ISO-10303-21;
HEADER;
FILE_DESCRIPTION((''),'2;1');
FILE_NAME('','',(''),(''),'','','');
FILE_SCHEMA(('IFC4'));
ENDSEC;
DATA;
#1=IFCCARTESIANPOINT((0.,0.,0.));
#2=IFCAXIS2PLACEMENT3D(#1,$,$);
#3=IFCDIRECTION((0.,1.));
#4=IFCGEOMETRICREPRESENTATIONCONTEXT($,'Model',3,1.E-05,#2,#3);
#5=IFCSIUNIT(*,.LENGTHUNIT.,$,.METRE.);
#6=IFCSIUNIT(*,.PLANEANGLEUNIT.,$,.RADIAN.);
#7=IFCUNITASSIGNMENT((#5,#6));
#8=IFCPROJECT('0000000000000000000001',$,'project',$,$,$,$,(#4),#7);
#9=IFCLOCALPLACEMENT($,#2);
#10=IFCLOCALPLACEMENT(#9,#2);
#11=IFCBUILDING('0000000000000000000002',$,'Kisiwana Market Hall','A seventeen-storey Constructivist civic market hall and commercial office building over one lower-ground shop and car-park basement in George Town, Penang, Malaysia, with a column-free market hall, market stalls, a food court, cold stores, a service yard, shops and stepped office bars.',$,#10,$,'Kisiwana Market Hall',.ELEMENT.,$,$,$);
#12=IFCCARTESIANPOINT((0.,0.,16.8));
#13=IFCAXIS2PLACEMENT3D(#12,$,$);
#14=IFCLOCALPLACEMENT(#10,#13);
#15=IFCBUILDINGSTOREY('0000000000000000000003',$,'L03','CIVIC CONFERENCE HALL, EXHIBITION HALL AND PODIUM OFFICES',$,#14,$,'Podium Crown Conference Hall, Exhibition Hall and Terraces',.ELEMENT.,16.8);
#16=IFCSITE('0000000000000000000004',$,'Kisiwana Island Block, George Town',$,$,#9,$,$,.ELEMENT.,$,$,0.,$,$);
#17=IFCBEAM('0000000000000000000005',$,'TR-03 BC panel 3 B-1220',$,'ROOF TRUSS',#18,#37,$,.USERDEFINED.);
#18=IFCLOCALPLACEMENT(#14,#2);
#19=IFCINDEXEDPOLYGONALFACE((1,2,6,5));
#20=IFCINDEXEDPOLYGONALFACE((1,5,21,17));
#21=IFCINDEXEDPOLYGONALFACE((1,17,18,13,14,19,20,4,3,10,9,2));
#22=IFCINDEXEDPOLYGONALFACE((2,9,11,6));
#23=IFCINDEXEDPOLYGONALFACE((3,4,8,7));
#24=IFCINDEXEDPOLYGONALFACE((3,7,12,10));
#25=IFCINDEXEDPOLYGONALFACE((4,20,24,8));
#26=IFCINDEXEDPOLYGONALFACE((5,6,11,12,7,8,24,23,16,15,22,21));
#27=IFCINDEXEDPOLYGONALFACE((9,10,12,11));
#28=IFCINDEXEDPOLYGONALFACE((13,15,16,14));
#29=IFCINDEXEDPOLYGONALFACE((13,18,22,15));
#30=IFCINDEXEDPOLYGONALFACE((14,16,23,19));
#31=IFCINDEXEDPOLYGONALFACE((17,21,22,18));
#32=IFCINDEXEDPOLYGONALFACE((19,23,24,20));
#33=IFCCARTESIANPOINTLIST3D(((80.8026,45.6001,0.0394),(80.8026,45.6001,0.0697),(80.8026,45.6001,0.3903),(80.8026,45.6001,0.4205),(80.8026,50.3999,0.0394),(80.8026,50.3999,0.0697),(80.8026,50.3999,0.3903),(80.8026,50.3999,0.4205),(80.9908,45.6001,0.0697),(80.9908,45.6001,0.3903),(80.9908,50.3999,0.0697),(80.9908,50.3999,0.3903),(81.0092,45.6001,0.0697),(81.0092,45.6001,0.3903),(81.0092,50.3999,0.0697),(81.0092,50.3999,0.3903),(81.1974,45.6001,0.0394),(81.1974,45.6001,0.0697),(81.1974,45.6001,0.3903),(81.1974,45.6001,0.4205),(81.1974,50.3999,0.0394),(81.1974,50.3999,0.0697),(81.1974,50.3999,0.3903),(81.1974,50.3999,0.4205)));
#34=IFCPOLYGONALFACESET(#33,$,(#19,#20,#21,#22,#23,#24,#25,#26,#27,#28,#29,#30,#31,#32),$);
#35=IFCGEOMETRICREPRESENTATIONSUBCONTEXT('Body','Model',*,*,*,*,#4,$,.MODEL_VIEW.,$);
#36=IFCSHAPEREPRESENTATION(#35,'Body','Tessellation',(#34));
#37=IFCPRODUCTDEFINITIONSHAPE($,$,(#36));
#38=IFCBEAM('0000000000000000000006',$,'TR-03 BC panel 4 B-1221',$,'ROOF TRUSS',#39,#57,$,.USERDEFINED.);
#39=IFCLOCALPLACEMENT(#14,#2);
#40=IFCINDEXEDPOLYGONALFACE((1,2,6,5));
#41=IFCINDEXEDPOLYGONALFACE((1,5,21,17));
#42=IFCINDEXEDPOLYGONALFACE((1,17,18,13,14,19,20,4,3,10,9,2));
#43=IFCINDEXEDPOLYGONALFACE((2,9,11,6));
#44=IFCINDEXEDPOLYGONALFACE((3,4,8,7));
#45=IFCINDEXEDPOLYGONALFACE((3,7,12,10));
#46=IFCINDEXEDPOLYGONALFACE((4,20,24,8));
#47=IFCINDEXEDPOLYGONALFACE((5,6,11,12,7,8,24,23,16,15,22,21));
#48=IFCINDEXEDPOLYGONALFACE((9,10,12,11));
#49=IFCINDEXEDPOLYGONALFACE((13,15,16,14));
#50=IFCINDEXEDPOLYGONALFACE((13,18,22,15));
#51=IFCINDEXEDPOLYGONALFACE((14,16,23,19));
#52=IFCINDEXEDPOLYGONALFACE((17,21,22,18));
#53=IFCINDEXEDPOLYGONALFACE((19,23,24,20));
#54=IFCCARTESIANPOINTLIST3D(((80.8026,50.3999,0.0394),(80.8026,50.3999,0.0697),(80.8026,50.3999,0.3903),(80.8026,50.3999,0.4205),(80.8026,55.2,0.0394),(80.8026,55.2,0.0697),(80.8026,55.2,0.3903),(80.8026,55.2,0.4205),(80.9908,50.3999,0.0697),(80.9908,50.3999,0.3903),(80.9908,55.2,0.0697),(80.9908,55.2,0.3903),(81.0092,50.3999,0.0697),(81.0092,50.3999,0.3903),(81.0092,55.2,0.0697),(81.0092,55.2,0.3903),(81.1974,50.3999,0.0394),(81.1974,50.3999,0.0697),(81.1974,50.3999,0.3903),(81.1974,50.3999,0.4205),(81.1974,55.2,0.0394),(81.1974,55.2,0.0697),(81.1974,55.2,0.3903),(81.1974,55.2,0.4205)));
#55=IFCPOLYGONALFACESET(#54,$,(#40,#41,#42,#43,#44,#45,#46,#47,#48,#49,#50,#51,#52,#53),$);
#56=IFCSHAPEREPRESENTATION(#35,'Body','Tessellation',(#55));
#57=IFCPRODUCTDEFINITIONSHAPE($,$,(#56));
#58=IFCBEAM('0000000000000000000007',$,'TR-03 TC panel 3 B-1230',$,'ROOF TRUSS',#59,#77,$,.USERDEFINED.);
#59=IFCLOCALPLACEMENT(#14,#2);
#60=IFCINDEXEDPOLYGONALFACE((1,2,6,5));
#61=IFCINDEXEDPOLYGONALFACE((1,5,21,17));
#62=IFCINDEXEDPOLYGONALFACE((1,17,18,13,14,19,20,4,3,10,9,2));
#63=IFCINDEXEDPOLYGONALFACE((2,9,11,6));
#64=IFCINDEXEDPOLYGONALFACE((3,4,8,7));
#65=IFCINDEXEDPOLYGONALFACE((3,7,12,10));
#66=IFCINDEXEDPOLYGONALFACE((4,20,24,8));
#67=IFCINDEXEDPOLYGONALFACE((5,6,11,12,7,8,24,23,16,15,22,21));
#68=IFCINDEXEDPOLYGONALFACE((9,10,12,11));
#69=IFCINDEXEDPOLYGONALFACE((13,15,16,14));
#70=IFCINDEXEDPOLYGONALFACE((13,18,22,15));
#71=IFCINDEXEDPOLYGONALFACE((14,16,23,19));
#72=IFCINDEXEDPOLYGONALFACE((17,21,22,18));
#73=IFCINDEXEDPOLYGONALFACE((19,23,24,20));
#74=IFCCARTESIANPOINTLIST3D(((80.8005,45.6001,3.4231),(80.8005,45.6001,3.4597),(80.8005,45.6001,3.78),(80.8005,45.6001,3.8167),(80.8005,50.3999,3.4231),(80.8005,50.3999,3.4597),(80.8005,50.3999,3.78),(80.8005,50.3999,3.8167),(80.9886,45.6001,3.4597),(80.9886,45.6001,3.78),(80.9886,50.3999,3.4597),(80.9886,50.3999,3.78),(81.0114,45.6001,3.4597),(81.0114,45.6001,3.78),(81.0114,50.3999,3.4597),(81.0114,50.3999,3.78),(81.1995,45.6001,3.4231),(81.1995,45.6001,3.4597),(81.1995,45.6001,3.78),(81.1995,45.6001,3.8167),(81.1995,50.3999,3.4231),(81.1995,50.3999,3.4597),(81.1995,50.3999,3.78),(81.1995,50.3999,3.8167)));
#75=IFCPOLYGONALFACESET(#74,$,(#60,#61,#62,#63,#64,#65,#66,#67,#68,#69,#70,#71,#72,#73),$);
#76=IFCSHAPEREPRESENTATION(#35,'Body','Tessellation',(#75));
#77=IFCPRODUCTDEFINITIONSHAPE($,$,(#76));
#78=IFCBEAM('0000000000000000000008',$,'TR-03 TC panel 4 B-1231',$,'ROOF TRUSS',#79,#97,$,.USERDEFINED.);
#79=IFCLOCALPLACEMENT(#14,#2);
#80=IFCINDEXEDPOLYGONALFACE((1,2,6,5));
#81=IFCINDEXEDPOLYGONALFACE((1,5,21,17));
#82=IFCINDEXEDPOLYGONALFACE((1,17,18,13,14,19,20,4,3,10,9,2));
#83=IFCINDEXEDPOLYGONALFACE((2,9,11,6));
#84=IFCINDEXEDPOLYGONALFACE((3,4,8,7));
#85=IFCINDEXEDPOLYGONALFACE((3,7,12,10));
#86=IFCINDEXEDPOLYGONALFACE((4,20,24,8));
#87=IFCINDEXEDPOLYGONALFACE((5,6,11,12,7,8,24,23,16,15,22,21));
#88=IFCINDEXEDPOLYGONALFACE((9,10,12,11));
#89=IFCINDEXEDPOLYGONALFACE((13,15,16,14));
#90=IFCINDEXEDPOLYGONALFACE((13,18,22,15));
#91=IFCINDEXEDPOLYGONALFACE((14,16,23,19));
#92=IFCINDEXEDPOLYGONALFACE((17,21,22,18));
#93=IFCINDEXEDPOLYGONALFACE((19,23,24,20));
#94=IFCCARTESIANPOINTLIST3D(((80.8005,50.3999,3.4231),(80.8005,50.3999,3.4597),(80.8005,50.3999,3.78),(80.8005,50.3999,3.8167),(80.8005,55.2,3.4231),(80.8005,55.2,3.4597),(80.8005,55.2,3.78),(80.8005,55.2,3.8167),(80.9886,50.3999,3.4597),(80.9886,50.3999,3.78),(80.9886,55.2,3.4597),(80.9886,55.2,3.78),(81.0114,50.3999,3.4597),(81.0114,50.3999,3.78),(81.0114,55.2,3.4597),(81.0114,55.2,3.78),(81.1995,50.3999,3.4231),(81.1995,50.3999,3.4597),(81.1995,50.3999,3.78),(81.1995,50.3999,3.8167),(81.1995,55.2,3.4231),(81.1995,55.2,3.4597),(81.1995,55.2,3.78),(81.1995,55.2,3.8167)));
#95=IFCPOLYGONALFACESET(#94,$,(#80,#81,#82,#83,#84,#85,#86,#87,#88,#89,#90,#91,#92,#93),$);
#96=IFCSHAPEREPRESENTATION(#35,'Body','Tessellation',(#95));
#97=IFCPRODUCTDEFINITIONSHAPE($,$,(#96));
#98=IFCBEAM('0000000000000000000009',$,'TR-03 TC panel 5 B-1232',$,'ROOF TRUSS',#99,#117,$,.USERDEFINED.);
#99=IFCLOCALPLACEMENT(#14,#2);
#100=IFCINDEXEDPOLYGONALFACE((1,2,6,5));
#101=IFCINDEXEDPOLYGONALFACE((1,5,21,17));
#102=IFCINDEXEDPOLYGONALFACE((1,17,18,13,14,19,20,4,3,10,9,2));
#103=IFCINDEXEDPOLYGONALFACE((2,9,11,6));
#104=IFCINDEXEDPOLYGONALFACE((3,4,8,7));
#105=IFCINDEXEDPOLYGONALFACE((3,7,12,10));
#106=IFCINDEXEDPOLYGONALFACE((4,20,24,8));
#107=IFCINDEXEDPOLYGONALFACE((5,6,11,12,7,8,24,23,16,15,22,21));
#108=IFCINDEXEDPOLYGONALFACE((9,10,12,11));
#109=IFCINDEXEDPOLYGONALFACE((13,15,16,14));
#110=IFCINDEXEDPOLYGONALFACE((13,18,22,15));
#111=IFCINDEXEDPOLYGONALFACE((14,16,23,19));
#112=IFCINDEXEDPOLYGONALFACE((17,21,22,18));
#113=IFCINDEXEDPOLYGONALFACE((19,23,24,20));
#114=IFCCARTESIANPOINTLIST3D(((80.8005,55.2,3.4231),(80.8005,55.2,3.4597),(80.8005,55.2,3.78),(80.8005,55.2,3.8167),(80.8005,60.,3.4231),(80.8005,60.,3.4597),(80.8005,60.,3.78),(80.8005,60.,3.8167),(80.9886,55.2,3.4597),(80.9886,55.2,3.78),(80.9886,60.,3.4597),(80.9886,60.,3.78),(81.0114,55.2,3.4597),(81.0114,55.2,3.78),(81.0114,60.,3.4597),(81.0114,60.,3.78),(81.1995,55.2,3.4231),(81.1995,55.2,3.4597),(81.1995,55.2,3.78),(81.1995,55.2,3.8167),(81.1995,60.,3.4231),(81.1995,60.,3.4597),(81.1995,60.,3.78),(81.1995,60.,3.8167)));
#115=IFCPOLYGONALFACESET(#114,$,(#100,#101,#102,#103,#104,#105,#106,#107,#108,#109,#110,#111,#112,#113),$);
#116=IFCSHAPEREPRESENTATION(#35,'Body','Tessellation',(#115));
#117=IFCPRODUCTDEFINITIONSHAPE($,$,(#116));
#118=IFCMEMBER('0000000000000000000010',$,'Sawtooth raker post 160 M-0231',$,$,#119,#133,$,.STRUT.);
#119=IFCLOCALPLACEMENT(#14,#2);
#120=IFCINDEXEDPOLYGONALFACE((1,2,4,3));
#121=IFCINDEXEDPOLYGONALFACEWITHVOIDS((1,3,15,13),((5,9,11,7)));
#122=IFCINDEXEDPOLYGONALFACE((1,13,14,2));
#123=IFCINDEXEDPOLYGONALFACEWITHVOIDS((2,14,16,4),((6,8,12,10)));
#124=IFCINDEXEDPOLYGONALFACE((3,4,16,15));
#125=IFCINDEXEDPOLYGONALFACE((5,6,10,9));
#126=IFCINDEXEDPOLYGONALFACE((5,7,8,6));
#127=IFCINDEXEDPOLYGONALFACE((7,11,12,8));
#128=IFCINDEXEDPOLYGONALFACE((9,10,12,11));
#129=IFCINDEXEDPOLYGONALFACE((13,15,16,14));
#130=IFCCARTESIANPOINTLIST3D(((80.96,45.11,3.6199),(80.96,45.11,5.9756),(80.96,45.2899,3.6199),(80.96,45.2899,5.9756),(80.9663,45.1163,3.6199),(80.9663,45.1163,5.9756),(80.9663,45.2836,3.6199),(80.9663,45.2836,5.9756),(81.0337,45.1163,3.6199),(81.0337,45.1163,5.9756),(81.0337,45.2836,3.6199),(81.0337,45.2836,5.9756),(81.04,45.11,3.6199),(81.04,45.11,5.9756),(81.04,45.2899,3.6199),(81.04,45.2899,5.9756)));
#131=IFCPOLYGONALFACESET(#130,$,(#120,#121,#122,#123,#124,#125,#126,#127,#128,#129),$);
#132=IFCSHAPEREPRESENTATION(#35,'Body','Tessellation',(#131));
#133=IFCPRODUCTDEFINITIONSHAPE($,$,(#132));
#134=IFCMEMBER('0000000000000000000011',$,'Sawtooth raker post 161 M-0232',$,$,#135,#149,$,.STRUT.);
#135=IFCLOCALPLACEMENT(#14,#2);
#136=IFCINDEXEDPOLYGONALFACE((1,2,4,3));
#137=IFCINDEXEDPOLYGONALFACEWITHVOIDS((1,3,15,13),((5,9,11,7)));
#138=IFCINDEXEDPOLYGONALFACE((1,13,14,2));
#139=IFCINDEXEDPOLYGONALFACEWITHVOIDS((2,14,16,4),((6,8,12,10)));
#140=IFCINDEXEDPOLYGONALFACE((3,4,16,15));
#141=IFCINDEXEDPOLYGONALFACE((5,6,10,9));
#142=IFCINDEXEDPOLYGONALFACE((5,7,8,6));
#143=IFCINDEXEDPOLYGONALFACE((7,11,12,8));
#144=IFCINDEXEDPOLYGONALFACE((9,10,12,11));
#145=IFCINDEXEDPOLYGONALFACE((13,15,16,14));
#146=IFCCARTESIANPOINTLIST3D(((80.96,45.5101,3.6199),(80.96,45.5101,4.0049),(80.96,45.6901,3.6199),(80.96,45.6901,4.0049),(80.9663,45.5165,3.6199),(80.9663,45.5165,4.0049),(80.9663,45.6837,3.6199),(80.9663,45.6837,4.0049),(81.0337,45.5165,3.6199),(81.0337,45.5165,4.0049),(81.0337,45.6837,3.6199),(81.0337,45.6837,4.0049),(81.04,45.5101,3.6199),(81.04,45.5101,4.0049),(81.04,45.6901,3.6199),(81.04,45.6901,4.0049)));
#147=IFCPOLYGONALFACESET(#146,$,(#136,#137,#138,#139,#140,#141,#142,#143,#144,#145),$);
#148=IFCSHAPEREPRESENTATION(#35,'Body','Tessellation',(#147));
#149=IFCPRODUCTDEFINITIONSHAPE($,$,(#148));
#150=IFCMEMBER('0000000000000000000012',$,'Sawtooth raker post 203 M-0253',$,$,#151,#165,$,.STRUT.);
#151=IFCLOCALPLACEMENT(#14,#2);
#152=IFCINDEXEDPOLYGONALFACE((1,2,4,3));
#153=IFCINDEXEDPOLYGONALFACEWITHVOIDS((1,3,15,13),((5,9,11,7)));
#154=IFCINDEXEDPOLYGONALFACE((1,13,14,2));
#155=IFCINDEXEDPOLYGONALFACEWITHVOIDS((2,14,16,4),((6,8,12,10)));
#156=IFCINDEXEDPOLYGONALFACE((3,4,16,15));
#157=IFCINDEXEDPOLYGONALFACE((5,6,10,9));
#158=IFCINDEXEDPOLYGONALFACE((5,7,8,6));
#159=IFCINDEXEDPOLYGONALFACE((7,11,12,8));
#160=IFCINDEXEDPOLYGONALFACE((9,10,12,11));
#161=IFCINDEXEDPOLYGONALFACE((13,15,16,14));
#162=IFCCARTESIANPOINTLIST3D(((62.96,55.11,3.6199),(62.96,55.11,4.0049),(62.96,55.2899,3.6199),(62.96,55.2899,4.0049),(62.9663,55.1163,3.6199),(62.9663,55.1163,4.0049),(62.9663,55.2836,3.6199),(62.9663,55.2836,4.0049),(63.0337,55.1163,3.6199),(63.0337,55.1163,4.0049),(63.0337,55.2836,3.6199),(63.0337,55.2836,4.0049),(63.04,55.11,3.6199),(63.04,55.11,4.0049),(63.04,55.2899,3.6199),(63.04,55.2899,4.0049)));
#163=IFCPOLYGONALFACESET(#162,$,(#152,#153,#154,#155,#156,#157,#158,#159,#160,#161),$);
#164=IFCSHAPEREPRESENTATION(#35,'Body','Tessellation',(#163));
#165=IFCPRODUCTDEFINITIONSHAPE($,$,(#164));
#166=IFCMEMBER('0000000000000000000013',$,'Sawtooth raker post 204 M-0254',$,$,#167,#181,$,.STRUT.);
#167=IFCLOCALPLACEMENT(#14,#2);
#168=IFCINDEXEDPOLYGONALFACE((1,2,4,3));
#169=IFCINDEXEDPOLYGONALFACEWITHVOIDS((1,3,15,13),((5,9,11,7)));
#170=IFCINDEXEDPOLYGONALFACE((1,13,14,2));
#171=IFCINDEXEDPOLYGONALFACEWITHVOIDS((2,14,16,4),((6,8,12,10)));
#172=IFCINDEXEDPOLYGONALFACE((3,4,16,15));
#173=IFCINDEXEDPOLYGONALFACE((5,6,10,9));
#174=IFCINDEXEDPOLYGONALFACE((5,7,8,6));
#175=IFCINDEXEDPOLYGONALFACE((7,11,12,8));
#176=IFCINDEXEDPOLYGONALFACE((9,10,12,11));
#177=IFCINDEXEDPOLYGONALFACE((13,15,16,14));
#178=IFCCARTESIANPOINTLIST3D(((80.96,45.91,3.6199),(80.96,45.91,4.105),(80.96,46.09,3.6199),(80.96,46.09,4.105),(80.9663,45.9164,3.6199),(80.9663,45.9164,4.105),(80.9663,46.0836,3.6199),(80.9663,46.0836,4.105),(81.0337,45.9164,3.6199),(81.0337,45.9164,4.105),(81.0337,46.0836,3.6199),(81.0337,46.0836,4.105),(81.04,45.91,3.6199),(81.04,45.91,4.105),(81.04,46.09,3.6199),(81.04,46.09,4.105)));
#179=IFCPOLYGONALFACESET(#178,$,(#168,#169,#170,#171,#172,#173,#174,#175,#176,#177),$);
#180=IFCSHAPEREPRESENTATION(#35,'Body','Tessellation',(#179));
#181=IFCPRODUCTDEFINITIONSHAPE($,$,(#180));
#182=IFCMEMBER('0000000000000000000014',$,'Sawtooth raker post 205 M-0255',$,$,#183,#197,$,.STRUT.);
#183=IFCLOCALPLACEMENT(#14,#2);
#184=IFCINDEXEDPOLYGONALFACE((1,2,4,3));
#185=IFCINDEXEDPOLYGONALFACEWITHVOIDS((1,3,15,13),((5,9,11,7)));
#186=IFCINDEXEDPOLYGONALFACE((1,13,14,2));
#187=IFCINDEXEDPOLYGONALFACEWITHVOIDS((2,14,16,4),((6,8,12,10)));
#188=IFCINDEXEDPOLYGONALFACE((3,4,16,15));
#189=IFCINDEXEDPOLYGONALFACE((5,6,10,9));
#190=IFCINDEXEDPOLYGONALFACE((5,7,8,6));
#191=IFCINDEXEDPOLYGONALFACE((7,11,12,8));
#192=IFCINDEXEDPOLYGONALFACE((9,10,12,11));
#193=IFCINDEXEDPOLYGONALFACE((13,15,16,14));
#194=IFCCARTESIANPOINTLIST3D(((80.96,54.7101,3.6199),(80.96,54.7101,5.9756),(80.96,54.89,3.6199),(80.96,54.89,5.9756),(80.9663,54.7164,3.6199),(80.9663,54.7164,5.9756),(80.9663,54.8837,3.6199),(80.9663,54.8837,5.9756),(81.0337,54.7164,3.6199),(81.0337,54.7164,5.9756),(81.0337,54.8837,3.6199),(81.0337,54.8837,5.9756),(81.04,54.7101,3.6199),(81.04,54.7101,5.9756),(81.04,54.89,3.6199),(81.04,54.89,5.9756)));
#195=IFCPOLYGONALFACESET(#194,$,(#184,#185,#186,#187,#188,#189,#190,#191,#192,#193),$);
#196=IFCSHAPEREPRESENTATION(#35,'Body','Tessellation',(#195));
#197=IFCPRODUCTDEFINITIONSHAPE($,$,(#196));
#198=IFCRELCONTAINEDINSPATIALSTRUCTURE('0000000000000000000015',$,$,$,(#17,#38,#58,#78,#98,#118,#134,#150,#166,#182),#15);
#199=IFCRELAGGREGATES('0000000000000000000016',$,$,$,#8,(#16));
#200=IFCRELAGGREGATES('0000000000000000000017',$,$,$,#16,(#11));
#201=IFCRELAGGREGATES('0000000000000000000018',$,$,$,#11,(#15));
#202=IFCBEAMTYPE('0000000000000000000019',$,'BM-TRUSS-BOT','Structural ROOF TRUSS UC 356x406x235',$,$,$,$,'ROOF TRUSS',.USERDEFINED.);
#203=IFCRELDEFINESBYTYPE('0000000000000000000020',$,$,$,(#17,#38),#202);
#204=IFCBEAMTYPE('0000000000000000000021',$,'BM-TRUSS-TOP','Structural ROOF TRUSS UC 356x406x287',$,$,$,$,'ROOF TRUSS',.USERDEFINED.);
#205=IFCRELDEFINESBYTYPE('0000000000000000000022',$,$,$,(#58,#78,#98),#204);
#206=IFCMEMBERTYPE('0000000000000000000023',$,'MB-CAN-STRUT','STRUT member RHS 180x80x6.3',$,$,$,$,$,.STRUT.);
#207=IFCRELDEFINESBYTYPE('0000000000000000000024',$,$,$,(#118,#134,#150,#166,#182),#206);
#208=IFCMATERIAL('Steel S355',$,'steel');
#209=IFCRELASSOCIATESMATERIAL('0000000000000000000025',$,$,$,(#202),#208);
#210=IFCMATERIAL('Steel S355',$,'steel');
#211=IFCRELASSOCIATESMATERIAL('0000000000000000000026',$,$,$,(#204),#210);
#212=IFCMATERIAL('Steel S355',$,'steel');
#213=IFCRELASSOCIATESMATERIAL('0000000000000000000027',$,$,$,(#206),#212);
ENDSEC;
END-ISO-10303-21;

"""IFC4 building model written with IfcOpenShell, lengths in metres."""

from ifc_helpers import new_model, si_unit, direction, frame, origin, origin_2d, place, context, subcontext, project, spatial, hollow_rectangle, i_section, extrude, material, material_profile, profile_set, type_object, element, save


model = new_model("IFC4")

# Units and contexts
model_context = context("Model", 3, precision=1e-05, world=origin(), true_north=direction((0.0, 1.0)))
body_context = subcontext(model_context, "Body", "Model", "MODEL_VIEW")
ifc_project = project(units=[si_unit("LENGTHUNIT", "METRE"), si_unit("PLANEANGLEUNIT", "RADIAN")], contexts=[model_context])

# Site, building, storey
site_placement = place(None, origin())
site = spatial("IfcSite", under=ifc_project, at=site_placement, Name="Kisiwana Island Block, George Town", CompositionType="ELEMENT", RefElevation=0.0)
building_placement = place(site_placement, origin())
building = spatial("IfcBuilding", under=site, at=building_placement, Name="Kisiwana Market Hall", Description="A seventeen-storey Constructivist civic market hall and commercial office building over one lower-ground shop and car-park basement in George Town, Penang, Malaysia, with a column-free market hall, market stalls, a food court, cold stores, a service yard, shops and stepped office bars.", LongName="Kisiwana Market Hall", CompositionType="ELEMENT")
storey_placement = place(building_placement, frame((0.0, 0.0, 16.8)))
storey = spatial("IfcBuildingStorey", under=building, at=storey_placement, Name="L03", Description="CIVIC CONFERENCE HALL, EXHIBITION HALL AND PODIUM OFFICES", LongName="Podium Crown Conference Hall, Exhibition Hall and Terraces", CompositionType="ELEMENT", Elevation=16.8)

# Beams
ifc_material_1 = material(Name="Steel S355", Category="steel")
ifc_material_profile_1 = material_profile(ifc_material_1, i_section(OverallWidth=0.3948, OverallDepth=0.3811, WebThickness=0.0183, FlangeThickness=0.0303, at=origin_2d()), Name="UC 356x406x235")
ifc_profile_set_1 = profile_set([ifc_material_profile_1], Name="Steel S355")
beam_type_1 = type_object("IfcBeamType", Name="BM-TRUSS-BOT", Description="Structural ROOF TRUSS UC 356x406x235", ElementType="ROOF TRUSS", PredefinedType="USERDEFINED", material=ifc_profile_set_1)
beam_1_placement = place(storey_placement, frame((81.0, 45.6001, 0.23), z_axis=(0.0, 1.0, 0.0), x_axis=(-1.0, 0.0, 0.0)))
element("IfcBeam", 1, at=beam_1_placement, inside=storey, type_object=beam_type_1, Name="TR-03 BC panel 3 B-1220", ObjectType="ROOF TRUSS", PredefinedType="USERDEFINED", context=body_context, shape_type="SweptSolid", body=[
    extrude(i_section(OverallWidth=0.3948, OverallDepth=0.3811, WebThickness=0.0183, FlangeThickness=0.0303, at=origin_2d()), origin(), (0.0, 0.0, 1.0), 4.7998),
])
beam_2_placement = place(storey_placement, frame((81.0, 50.3999, 0.23), z_axis=(0.0, 1.0, 0.0), x_axis=(-1.0, 0.0, 0.0)))
element("IfcBeam", 2, at=beam_2_placement, inside=storey, type_object=beam_type_1, Name="TR-03 BC panel 4 B-1221", ObjectType="ROOF TRUSS", PredefinedType="USERDEFINED", context=body_context, shape_type="SweptSolid", body=[
    extrude(i_section(OverallWidth=0.3948, OverallDepth=0.3811, WebThickness=0.0183, FlangeThickness=0.0303, at=origin_2d()), origin(), (0.0, 0.0, 1.0), 4.8),
])
ifc_material_2 = material(Name="Steel S355", Category="steel")
ifc_material_profile_2 = material_profile(ifc_material_2, i_section(OverallWidth=0.3989, OverallDepth=0.3936, WebThickness=0.0227, FlangeThickness=0.0366, at=origin_2d()), Name="UC 356x406x287")
ifc_profile_set_2 = profile_set([ifc_material_profile_2], Name="Steel S355")
beam_type_2 = type_object("IfcBeamType", Name="BM-TRUSS-TOP", Description="Structural ROOF TRUSS UC 356x406x287", ElementType="ROOF TRUSS", PredefinedType="USERDEFINED", material=ifc_profile_set_2)
beam_3_placement = place(storey_placement, frame((81.0, 45.6001, 3.6199), z_axis=(0.0, 1.0, 0.0), x_axis=(-1.0, 0.0, 0.0)))
element("IfcBeam", 3, at=beam_3_placement, inside=storey, type_object=beam_type_2, Name="TR-03 TC panel 3 B-1230", ObjectType="ROOF TRUSS", PredefinedType="USERDEFINED", context=body_context, shape_type="SweptSolid", body=[
    extrude(i_section(OverallWidth=0.3989, OverallDepth=0.3936, WebThickness=0.0227, FlangeThickness=0.0366, at=origin_2d()), origin(), (0.0, 0.0, 1.0), 4.7998),
])
for number, where, z_axis, x_axis, name in (
    (4, (81.0, 50.3999, 3.6199), (0.0, 1.0, 0.0), (-1.0, 0.0, 0.0), "TR-03 TC panel 4 B-1231"),
    (5, (81.0, 55.2, 3.6199), (0.0, 1.0, 0.0), (-1.0, 0.0, 0.0), "TR-03 TC panel 5 B-1232"),
):
    element("IfcBeam", number, at=place(storey_placement, frame(where, z_axis=z_axis, x_axis=x_axis)), inside=storey, type_object=beam_type_2, Name=name, ObjectType="ROOF TRUSS", PredefinedType="USERDEFINED", context=body_context, shape_type="SweptSolid", body=[
        extrude(i_section(OverallWidth=0.3989, OverallDepth=0.3936, WebThickness=0.0227, FlangeThickness=0.0366, at=origin_2d()), origin(), (0.0, 0.0, 1.0), 4.8),
    ])

# Members
ifc_material_3 = material(Name="Steel S355", Category="steel")
ifc_material_profile_3 = material_profile(ifc_material_3, hollow_rectangle(XDim=0.0801, YDim=0.1799, WallThickness=0.0063, at=origin_2d()), Name="RHS 180x80x6.3")
ifc_profile_set_3 = profile_set([ifc_material_profile_3], Name="Steel S355")
member_type_1 = type_object("IfcMemberType", Name="MB-CAN-STRUT", Description="STRUT member RHS 180x80x6.3", PredefinedType="STRUT", material=ifc_profile_set_3)
member_1_placement = place(storey_placement, frame((81.0, 45.2, 3.6199), z_axis=(0.0, 0.0, 1.0), x_axis=(1.0, 0.0, 0.0)))
element("IfcMember", 6, at=member_1_placement, inside=storey, type_object=member_type_1, Name="Sawtooth raker post 160 M-0231", PredefinedType="STRUT", context=body_context, shape_type="SweptSolid", body=[
    extrude(hollow_rectangle(XDim=0.0801, YDim=0.1799, WallThickness=0.0063, at=origin_2d()), origin(), (0.0, 0.0, 1.0), 2.3557),
])
for number, where, z_axis, x_axis, name in (
    (7, (81.0, 45.6001, 3.6199), (0.0, 0.0, 1.0), (1.0, 0.0, 0.0), "Sawtooth raker post 161 M-0232"),
    (8, (63.0, 55.2, 3.6199), (0.0, 0.0, 1.0), (1.0, 0.0, 0.0), "Sawtooth raker post 203 M-0253"),
):
    element("IfcMember", number, at=place(storey_placement, frame(where, z_axis=z_axis, x_axis=x_axis)), inside=storey, type_object=member_type_1, Name=name, PredefinedType="STRUT", context=body_context, shape_type="SweptSolid", body=[
        extrude(hollow_rectangle(XDim=0.0801, YDim=0.1799, WallThickness=0.0063, at=origin_2d()), origin(), (0.0, 0.0, 1.0), 0.385),
    ])
member_2_placement = place(storey_placement, frame((81.0, 46.0, 3.6199), z_axis=(0.0, 0.0, 1.0), x_axis=(1.0, 0.0, 0.0)))
element("IfcMember", 9, at=member_2_placement, inside=storey, type_object=member_type_1, Name="Sawtooth raker post 204 M-0254", PredefinedType="STRUT", context=body_context, shape_type="SweptSolid", body=[
    extrude(hollow_rectangle(XDim=0.0801, YDim=0.1799, WallThickness=0.0063, at=origin_2d()), origin(), (0.0, 0.0, 1.0), 0.4851),
])
member_3_placement = place(storey_placement, frame((81.0, 54.8, 3.6199), z_axis=(0.0, 0.0, 1.0), x_axis=(1.0, 0.0, 0.0)))
element("IfcMember", 10, at=member_3_placement, inside=storey, type_object=member_type_1, Name="Sawtooth raker post 205 M-0255", PredefinedType="STRUT", context=body_context, shape_type="SweptSolid", body=[
    extrude(hollow_rectangle(XDim=0.0801, YDim=0.1799, WallThickness=0.0063, at=origin_2d()), origin(), (0.0, 0.0, 1.0), 2.3557),
])

save(model, "model.ifc")
